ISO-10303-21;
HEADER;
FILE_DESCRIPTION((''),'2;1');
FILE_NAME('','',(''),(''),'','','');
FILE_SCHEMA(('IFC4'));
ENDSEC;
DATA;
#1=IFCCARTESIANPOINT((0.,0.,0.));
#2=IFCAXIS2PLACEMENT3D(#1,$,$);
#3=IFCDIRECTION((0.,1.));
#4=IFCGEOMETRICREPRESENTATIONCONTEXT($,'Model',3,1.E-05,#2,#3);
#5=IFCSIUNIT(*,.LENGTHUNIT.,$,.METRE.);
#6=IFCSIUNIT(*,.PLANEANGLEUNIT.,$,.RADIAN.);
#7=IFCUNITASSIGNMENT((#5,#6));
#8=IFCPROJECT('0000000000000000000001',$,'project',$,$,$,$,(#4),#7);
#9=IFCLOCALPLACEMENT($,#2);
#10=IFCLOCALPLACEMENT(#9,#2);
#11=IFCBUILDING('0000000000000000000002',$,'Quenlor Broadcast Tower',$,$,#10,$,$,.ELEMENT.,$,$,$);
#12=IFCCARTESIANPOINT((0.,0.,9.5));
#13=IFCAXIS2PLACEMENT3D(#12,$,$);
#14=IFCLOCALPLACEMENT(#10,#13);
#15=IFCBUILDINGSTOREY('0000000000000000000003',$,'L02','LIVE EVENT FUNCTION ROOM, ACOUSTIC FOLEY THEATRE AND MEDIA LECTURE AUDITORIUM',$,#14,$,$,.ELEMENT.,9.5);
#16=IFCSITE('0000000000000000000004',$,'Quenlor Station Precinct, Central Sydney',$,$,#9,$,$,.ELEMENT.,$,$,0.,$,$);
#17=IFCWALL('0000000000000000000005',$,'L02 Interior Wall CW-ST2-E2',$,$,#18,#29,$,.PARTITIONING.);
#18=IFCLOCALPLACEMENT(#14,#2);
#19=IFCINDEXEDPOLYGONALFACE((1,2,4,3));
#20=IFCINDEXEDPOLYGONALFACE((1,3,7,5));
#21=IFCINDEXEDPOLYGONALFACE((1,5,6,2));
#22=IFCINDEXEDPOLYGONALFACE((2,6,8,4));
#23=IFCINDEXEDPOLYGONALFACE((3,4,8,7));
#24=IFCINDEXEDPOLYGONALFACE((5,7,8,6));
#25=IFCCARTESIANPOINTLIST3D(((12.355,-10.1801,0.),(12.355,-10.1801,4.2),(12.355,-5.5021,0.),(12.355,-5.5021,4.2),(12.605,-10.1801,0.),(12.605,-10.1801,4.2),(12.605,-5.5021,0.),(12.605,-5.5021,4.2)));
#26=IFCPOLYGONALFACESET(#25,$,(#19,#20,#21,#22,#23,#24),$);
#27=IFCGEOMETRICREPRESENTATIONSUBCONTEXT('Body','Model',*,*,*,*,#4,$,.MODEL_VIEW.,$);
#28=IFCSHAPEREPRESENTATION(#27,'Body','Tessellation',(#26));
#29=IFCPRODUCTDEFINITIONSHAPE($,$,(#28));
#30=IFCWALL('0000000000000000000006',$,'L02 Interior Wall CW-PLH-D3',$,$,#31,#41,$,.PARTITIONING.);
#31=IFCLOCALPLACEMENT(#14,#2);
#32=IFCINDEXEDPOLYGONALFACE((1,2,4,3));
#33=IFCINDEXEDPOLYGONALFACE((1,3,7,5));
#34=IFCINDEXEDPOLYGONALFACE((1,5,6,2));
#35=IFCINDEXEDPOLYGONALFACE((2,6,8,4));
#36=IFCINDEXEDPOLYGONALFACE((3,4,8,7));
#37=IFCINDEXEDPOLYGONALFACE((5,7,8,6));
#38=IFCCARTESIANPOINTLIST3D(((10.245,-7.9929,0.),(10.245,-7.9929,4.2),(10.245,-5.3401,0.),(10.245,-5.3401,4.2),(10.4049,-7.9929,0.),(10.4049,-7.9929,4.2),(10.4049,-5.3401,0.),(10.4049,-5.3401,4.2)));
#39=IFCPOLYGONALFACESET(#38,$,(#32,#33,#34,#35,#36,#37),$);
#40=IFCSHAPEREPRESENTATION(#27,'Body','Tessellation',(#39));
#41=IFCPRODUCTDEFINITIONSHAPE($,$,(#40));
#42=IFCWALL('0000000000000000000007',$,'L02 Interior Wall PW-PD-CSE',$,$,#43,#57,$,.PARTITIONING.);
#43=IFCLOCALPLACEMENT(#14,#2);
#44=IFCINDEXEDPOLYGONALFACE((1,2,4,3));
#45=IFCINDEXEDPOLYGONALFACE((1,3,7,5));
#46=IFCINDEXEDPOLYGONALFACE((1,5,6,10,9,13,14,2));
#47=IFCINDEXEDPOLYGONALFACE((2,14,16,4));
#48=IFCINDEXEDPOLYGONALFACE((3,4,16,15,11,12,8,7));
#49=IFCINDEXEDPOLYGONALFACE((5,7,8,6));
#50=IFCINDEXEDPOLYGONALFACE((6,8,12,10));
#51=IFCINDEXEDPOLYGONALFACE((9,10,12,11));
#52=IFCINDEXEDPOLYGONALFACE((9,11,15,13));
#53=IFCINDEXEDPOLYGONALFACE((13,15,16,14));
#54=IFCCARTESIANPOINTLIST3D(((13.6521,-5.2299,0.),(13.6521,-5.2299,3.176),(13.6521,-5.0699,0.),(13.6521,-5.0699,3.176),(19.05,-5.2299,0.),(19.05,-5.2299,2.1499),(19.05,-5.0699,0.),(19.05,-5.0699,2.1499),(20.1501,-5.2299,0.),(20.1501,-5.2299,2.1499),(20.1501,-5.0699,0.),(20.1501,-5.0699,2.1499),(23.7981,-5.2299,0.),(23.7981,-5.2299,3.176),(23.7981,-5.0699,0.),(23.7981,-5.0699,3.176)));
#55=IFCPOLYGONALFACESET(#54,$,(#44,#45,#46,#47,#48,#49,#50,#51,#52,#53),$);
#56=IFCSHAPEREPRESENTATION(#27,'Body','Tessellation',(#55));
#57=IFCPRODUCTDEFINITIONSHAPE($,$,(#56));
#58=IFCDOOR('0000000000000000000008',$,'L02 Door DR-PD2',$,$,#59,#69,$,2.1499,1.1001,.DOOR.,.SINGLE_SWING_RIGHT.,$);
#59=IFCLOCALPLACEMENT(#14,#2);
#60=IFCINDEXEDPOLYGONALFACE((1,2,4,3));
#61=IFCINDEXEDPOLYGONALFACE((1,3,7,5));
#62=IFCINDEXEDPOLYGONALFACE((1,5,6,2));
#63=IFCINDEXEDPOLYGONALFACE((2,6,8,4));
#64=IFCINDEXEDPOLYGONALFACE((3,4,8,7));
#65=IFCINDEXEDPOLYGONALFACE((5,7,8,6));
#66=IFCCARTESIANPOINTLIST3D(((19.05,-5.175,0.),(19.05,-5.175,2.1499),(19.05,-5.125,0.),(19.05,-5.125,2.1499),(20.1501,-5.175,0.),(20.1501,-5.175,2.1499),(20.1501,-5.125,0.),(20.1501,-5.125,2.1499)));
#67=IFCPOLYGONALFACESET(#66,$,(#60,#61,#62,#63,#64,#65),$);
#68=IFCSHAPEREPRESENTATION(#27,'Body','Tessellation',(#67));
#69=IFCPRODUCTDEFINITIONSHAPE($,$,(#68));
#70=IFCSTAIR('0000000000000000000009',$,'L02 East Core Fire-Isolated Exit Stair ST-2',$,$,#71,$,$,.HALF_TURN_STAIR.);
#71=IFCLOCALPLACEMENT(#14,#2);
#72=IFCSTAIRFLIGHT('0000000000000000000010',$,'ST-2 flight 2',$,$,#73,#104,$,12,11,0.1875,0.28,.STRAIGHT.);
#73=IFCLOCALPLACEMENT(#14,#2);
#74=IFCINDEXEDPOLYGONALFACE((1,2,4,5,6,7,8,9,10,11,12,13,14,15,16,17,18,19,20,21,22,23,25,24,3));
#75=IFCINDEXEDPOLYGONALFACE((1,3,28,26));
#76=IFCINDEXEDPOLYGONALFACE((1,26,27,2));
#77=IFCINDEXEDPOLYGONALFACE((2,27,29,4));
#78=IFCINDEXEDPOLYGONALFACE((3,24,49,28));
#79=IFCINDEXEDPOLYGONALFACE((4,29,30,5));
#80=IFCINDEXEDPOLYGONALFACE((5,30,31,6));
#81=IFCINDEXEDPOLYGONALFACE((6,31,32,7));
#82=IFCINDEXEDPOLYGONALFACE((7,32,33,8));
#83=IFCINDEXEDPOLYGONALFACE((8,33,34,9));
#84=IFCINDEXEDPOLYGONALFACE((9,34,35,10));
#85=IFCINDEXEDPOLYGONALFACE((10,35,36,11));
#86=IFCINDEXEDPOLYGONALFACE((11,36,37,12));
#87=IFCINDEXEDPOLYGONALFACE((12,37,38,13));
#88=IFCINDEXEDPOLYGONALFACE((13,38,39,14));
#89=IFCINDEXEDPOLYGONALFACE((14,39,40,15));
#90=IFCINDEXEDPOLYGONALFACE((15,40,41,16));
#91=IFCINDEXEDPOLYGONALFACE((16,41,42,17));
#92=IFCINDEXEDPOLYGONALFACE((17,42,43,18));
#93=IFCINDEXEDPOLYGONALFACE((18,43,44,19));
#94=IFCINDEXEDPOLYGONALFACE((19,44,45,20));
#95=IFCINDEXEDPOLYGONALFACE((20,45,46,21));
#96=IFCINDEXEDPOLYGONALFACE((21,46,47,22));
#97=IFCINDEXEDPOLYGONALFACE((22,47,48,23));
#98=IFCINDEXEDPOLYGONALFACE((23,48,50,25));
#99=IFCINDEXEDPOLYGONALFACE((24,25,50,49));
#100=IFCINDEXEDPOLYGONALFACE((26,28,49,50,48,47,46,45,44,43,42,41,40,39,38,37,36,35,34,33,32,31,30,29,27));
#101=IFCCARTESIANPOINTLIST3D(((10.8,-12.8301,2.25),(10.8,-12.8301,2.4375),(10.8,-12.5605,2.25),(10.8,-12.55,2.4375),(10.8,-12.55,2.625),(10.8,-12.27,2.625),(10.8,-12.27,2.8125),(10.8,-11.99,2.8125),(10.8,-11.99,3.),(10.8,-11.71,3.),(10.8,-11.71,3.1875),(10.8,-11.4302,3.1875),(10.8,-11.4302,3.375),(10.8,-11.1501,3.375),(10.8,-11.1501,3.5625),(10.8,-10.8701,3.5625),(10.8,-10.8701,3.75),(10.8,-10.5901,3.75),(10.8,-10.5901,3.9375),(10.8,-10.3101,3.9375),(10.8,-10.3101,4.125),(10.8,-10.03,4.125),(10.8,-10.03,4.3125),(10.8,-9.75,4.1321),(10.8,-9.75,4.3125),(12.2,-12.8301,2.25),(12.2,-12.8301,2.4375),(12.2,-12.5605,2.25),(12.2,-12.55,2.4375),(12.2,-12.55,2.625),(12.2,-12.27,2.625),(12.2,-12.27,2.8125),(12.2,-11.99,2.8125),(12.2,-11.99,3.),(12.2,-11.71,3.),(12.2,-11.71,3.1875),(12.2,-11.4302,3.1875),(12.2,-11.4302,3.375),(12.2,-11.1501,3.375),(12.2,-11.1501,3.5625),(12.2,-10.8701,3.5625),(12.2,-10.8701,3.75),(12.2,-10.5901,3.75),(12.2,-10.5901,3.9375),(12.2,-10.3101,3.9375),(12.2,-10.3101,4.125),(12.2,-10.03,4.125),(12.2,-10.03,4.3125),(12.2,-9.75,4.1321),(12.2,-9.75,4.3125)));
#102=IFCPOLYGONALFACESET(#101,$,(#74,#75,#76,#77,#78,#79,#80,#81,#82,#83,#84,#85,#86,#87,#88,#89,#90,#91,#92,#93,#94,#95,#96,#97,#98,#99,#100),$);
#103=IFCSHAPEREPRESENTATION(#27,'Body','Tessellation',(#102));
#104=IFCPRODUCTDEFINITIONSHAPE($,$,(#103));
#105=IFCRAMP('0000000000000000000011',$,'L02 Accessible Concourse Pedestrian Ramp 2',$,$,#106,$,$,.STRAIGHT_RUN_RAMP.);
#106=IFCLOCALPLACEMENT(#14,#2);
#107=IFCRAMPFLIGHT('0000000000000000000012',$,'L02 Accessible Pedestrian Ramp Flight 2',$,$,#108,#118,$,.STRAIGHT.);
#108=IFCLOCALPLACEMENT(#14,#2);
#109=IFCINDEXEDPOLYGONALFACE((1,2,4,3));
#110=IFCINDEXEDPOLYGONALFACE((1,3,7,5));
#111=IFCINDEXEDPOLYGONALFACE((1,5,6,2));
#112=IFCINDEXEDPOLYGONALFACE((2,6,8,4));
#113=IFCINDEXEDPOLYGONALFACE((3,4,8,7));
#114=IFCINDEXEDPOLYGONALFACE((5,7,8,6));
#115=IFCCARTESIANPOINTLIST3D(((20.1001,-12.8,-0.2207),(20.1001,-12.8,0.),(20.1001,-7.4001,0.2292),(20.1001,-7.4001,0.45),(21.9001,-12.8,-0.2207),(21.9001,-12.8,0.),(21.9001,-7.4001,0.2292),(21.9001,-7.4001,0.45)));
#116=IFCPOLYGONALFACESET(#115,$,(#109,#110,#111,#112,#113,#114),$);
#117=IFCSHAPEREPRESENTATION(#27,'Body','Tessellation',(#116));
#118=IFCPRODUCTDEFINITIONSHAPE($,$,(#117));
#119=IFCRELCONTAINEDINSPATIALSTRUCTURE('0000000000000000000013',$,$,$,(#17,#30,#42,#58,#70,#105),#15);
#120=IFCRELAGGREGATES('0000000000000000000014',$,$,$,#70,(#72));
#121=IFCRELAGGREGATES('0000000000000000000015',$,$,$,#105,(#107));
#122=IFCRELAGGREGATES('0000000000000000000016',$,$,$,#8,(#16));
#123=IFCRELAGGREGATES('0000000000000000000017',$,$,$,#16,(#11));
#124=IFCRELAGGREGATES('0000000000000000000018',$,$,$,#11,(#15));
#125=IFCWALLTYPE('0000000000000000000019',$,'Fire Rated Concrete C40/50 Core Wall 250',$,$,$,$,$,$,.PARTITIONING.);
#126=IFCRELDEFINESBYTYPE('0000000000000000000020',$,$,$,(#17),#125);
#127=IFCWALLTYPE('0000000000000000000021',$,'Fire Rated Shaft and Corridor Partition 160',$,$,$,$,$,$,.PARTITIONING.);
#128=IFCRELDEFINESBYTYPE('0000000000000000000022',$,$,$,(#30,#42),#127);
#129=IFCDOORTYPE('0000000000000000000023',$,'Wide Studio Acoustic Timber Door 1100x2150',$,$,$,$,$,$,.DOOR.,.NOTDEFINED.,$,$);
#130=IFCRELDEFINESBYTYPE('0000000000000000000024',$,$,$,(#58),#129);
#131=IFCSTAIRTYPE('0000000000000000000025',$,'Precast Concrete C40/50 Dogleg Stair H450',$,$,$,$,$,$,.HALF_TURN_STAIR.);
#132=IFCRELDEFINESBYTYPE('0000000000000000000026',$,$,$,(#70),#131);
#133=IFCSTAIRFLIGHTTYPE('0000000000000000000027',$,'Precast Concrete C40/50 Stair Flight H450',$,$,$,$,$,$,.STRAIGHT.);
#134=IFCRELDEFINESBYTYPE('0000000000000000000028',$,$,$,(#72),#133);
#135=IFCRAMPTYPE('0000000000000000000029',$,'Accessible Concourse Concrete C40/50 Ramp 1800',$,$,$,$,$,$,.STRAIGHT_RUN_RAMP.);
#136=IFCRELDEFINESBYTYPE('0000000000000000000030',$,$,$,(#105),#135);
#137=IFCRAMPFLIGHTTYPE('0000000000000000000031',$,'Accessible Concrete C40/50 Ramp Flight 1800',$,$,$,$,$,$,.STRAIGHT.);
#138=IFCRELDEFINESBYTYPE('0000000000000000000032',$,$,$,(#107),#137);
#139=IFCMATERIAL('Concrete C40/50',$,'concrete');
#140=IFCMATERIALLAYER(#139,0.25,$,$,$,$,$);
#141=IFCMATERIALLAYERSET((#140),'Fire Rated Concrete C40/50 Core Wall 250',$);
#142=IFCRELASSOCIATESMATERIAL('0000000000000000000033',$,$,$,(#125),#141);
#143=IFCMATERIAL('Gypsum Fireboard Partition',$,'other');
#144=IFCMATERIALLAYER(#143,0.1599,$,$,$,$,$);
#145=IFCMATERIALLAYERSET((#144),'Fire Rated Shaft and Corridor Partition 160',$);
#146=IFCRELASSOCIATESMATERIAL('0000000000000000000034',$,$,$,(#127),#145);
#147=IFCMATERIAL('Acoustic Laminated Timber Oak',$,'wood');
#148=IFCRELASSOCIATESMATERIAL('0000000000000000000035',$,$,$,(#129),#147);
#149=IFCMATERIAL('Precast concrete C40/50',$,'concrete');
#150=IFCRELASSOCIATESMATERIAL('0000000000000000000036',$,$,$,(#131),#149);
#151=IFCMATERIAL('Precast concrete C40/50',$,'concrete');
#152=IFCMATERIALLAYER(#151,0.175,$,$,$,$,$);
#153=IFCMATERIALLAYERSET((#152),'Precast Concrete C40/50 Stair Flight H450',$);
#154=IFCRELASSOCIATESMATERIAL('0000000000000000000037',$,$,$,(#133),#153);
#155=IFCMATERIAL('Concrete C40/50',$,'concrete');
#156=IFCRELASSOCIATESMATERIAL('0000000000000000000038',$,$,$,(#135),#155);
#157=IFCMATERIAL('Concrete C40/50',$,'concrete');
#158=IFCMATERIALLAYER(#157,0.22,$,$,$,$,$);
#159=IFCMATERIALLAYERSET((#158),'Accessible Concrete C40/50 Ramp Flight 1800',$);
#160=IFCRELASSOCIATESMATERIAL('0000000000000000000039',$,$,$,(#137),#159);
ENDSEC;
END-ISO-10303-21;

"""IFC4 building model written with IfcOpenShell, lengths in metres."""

from ifc_helpers import new_model, si_unit, direction, frame, frame_2d, origin, place, context, subcontext, project, spatial, polyline, rectangle, outline, extrude, material, layer, layer_set, type_object, element, fill, aggregate, save


model = new_model("IFC4")

# Units and contexts
model_context = context("Model", 3, precision=1e-05, world=origin(), true_north=direction((0.0, 1.0)))
body_context = subcontext(model_context, "Body", "Model", "MODEL_VIEW")
ifc_project = project(units=[si_unit("LENGTHUNIT", "METRE"), si_unit("PLANEANGLEUNIT", "RADIAN")], contexts=[model_context])

# Site, building, storey
site_placement = place(None, origin())
site = spatial("IfcSite", under=ifc_project, at=site_placement, Name="Quenlor Station Precinct, Central Sydney", CompositionType="ELEMENT", RefElevation=0.0)
building_placement = place(site_placement, origin())
building = spatial("IfcBuilding", under=site, at=building_placement, Name="Quenlor Broadcast Tower", CompositionType="ELEMENT")
storey_placement = place(building_placement, frame((0.0, 0.0, 9.5)))
storey = spatial("IfcBuildingStorey", under=building, at=storey_placement, Name="L02", Description="LIVE EVENT FUNCTION ROOM, ACOUSTIC FOLEY THEATRE AND MEDIA LECTURE AUDITORIUM", CompositionType="ELEMENT", Elevation=9.5)

# Walls
ifc_material_1 = material(Name="Concrete C40/50", Category="concrete")
ifc_layer_1 = layer(ifc_material_1, 0.25)
ifc_layer_set_1 = layer_set([ifc_layer_1], Name="Fire Rated Concrete C40/50 Core Wall 250")
wall_type_1 = type_object("IfcWallType", Name="Fire Rated Concrete C40/50 Core Wall 250", PredefinedType="PARTITIONING", material=ifc_layer_set_1)
wall_1_placement = place(storey_placement, frame((12.48, -10.1799, 0.0), z_axis=(0.0, 0.0, 1.0), x_axis=(0.0, 1.0, 0.0)))
element("IfcWall", 1, at=wall_1_placement, inside=storey, type_object=wall_type_1, Name="L02 Interior Wall CW-ST2-E2", PredefinedType="PARTITIONING", context=body_context, shape_type="SweptSolid", body=[
    extrude(rectangle(XDim=4.678, YDim=0.25, at=frame_2d((2.3389, 0.0))), origin(), (0.0, 0.0, 1.0), 4.2),
])
ifc_material_2 = material(Name="Gypsum Fireboard Partition", Category="other")
ifc_layer_2 = layer(ifc_material_2, 0.1599)
ifc_layer_set_2 = layer_set([ifc_layer_2], Name="Fire Rated Shaft and Corridor Partition 160")
wall_type_2 = type_object("IfcWallType", Name="Fire Rated Shaft and Corridor Partition 160", PredefinedType="PARTITIONING", material=ifc_layer_set_2)
wall_2_placement = place(storey_placement, frame((10.325, -7.9929, 0.0), z_axis=(0.0, 0.0, 1.0), x_axis=(0.0, 1.0, 0.0)))
element("IfcWall", 2, at=wall_2_placement, inside=storey, type_object=wall_type_2, Name="L02 Interior Wall CW-PLH-D3", PredefinedType="PARTITIONING", context=body_context, shape_type="SweptSolid", body=[
    extrude(rectangle(XDim=2.6528, YDim=0.1599, at=frame_2d((1.3264, 0.0))), origin(), (0.0, 0.0, 1.0), 4.2),
])

# Wall, opening, door
wall_3_placement = place(storey_placement, frame((13.6521, -5.1499, 0.0), z_axis=(0.0, 0.0, 1.0), x_axis=(1.0, 0.0, 0.0)))
wall_3 = element("IfcWall", 3, at=wall_3_placement, inside=storey, type_object=wall_type_2, Name="L02 Interior Wall PW-PD-CSE", PredefinedType="PARTITIONING", context=body_context, shape_type="SweptSolid", body=[
    extrude(rectangle(XDim=10.146, YDim=0.1599, at=frame_2d((5.073, 0.0))), origin(), (0.0, 0.0, 1.0), 3.176),
])
opening_placement = place(wall_3_placement, frame((5.3979, 0.0, 0.0)))
opening = element("IfcOpeningElement", 4, at=opening_placement, cuts=wall_3, PredefinedType="OPENING", context=body_context, shape_type="SweptSolid", body=[
    extrude(rectangle(XDim=1.1001, YDim=2.1499, at=frame_2d((0.55, 1.075))), frame((0.0, 0.0898, 0.0), z_axis=(0.0, -1.0, 0.0), x_axis=(1.0, 0.0, 0.0)), (0.0, 0.0, 1.0), 0.1799),
])
ifc_material_3 = material(Name="Acoustic Laminated Timber Oak", Category="wood")
door_type = type_object("IfcDoorType", Name="Wide Studio Acoustic Timber Door 1100x2150", OperationType="NOTDEFINED", PredefinedType="DOOR", material=ifc_material_3)
door_placement = place(opening_placement, origin())
door = element("IfcDoor", 5, at=door_placement, inside=storey, type_object=door_type, Name="L02 Door DR-PD2", OperationType="SINGLE_SWING_RIGHT", OverallHeight=2.1499, OverallWidth=1.1001, PredefinedType="DOOR", context=body_context, shape_type="SweptSolid", body=[
    extrude(rectangle(XDim=1.1001, YDim=2.1499, at=frame_2d((0.55, 1.075))), frame((0.0, 0.0249, 0.0), z_axis=(0.0, -1.0, 0.0), x_axis=(1.0, 0.0, 0.0)), (0.0, 0.0, 1.0), 0.05),
])
fill(opening, door)

# Stair, stair flight
ifc_material_4 = material(Name="Precast concrete C40/50", Category="concrete")
stair_type = type_object("IfcStairType", Name="Precast Concrete C40/50 Dogleg Stair H450", PredefinedType="HALF_TURN_STAIR", material=ifc_material_4)
stair_placement = place(storey_placement, origin())
stair = element("IfcStair", 6, at=stair_placement, inside=storey, type_object=stair_type, Name="L02 East Core Fire-Isolated Exit Stair ST-2", PredefinedType="HALF_TURN_STAIR")
ifc_material_5 = material(Name="Precast concrete C40/50", Category="concrete")
ifc_layer_3 = layer(ifc_material_5, 0.175)
ifc_layer_set_3 = layer_set([ifc_layer_3], Name="Precast Concrete C40/50 Stair Flight H450")
stair_flight_type = type_object("IfcStairFlightType", Name="Precast Concrete C40/50 Stair Flight H450", PredefinedType="STRAIGHT", material=ifc_layer_set_3)
stair_flight_placement = place(storey_placement, frame((11.5, -12.8301, 2.25), z_axis=(0.0, 0.0, 1.0), x_axis=(0.0, 1.0, 0.0)))
stair_flight = element("IfcStairFlight", 7, at=stair_flight_placement, type_object=stair_flight_type, Name="ST-2 flight 2", NumberOfRisers=12, NumberOfTreads=11, PredefinedType="STRAIGHT", RiserHeight=0.1875, TreadLength=0.28, context=body_context, shape_type="SweptSolid", body=[
    extrude(outline(polyline([(0.0, 0.0), (0.0, 0.1875), (0.28, 0.1875), (0.28, 0.375), (0.5601, 0.375), (0.5601, 0.5625), (0.8401, 0.5625), (0.8401, 0.75), (1.1201, 0.75), (1.1201, 0.9375), (1.3999, 0.9375), (1.3999, 1.125), (1.6799, 1.125), (1.6799, 1.3125), (1.96, 1.3125), (1.96, 1.5), (2.24, 1.5), (2.24, 1.6875), (2.52, 1.6875), (2.52, 1.875), (2.8, 1.875), (2.8, 2.0625), (3.0801, 2.0625), (3.0801, 2.25), (3.0801, 1.8821), (0.2695, 0.0), (0.0, 0.0)])), frame((0.0, 0.7, 0.0), z_axis=(0.0, -1.0, 0.0), x_axis=(1.0, 0.0, 0.0)), (0.0, 0.0, 1.0), 1.3999),
])
aggregate(stair, [stair_flight])

# Ramp, ramp flight
ifc_material_6 = material(Name="Concrete C40/50", Category="concrete")
ramp_type = type_object("IfcRampType", Name="Accessible Concourse Concrete C40/50 Ramp 1800", PredefinedType="STRAIGHT_RUN_RAMP", material=ifc_material_6)
ramp_placement = place(storey_placement, origin())
ramp = element("IfcRamp", 8, at=ramp_placement, inside=storey, type_object=ramp_type, Name="L02 Accessible Concourse Pedestrian Ramp 2", PredefinedType="STRAIGHT_RUN_RAMP")
ifc_material_7 = material(Name="Concrete C40/50", Category="concrete")
ifc_layer_4 = layer(ifc_material_7, 0.22)
ifc_layer_set_4 = layer_set([ifc_layer_4], Name="Accessible Concrete C40/50 Ramp Flight 1800")
ramp_flight_type = type_object("IfcRampFlightType", Name="Accessible Concrete C40/50 Ramp Flight 1800", PredefinedType="STRAIGHT", material=ifc_layer_set_4)
ramp_flight_placement = place(storey_placement, frame((21.0, -12.8, 0.0), z_axis=(0.0, 0.0, 1.0), x_axis=(0.0, 1.0, 0.0)))
ramp_flight = element("IfcRampFlight", 9, at=ramp_flight_placement, type_object=ramp_flight_type, Name="L02 Accessible Pedestrian Ramp Flight 2", PredefinedType="STRAIGHT", context=body_context, shape_type="SweptSolid", body=[
    extrude(outline(polyline([(0.0, 0.0), (5.3999, 0.45), (5.3999, 0.2292), (0.0, -0.2207), (0.0, 0.0)])), frame((0.0, 0.8999, 0.0), z_axis=(0.0, -1.0, 0.0), x_axis=(1.0, 0.0, 0.0)), (0.0, 0.0, 1.0), 1.8),
])
aggregate(ramp, [ramp_flight])

save(model, "model.ifc")
